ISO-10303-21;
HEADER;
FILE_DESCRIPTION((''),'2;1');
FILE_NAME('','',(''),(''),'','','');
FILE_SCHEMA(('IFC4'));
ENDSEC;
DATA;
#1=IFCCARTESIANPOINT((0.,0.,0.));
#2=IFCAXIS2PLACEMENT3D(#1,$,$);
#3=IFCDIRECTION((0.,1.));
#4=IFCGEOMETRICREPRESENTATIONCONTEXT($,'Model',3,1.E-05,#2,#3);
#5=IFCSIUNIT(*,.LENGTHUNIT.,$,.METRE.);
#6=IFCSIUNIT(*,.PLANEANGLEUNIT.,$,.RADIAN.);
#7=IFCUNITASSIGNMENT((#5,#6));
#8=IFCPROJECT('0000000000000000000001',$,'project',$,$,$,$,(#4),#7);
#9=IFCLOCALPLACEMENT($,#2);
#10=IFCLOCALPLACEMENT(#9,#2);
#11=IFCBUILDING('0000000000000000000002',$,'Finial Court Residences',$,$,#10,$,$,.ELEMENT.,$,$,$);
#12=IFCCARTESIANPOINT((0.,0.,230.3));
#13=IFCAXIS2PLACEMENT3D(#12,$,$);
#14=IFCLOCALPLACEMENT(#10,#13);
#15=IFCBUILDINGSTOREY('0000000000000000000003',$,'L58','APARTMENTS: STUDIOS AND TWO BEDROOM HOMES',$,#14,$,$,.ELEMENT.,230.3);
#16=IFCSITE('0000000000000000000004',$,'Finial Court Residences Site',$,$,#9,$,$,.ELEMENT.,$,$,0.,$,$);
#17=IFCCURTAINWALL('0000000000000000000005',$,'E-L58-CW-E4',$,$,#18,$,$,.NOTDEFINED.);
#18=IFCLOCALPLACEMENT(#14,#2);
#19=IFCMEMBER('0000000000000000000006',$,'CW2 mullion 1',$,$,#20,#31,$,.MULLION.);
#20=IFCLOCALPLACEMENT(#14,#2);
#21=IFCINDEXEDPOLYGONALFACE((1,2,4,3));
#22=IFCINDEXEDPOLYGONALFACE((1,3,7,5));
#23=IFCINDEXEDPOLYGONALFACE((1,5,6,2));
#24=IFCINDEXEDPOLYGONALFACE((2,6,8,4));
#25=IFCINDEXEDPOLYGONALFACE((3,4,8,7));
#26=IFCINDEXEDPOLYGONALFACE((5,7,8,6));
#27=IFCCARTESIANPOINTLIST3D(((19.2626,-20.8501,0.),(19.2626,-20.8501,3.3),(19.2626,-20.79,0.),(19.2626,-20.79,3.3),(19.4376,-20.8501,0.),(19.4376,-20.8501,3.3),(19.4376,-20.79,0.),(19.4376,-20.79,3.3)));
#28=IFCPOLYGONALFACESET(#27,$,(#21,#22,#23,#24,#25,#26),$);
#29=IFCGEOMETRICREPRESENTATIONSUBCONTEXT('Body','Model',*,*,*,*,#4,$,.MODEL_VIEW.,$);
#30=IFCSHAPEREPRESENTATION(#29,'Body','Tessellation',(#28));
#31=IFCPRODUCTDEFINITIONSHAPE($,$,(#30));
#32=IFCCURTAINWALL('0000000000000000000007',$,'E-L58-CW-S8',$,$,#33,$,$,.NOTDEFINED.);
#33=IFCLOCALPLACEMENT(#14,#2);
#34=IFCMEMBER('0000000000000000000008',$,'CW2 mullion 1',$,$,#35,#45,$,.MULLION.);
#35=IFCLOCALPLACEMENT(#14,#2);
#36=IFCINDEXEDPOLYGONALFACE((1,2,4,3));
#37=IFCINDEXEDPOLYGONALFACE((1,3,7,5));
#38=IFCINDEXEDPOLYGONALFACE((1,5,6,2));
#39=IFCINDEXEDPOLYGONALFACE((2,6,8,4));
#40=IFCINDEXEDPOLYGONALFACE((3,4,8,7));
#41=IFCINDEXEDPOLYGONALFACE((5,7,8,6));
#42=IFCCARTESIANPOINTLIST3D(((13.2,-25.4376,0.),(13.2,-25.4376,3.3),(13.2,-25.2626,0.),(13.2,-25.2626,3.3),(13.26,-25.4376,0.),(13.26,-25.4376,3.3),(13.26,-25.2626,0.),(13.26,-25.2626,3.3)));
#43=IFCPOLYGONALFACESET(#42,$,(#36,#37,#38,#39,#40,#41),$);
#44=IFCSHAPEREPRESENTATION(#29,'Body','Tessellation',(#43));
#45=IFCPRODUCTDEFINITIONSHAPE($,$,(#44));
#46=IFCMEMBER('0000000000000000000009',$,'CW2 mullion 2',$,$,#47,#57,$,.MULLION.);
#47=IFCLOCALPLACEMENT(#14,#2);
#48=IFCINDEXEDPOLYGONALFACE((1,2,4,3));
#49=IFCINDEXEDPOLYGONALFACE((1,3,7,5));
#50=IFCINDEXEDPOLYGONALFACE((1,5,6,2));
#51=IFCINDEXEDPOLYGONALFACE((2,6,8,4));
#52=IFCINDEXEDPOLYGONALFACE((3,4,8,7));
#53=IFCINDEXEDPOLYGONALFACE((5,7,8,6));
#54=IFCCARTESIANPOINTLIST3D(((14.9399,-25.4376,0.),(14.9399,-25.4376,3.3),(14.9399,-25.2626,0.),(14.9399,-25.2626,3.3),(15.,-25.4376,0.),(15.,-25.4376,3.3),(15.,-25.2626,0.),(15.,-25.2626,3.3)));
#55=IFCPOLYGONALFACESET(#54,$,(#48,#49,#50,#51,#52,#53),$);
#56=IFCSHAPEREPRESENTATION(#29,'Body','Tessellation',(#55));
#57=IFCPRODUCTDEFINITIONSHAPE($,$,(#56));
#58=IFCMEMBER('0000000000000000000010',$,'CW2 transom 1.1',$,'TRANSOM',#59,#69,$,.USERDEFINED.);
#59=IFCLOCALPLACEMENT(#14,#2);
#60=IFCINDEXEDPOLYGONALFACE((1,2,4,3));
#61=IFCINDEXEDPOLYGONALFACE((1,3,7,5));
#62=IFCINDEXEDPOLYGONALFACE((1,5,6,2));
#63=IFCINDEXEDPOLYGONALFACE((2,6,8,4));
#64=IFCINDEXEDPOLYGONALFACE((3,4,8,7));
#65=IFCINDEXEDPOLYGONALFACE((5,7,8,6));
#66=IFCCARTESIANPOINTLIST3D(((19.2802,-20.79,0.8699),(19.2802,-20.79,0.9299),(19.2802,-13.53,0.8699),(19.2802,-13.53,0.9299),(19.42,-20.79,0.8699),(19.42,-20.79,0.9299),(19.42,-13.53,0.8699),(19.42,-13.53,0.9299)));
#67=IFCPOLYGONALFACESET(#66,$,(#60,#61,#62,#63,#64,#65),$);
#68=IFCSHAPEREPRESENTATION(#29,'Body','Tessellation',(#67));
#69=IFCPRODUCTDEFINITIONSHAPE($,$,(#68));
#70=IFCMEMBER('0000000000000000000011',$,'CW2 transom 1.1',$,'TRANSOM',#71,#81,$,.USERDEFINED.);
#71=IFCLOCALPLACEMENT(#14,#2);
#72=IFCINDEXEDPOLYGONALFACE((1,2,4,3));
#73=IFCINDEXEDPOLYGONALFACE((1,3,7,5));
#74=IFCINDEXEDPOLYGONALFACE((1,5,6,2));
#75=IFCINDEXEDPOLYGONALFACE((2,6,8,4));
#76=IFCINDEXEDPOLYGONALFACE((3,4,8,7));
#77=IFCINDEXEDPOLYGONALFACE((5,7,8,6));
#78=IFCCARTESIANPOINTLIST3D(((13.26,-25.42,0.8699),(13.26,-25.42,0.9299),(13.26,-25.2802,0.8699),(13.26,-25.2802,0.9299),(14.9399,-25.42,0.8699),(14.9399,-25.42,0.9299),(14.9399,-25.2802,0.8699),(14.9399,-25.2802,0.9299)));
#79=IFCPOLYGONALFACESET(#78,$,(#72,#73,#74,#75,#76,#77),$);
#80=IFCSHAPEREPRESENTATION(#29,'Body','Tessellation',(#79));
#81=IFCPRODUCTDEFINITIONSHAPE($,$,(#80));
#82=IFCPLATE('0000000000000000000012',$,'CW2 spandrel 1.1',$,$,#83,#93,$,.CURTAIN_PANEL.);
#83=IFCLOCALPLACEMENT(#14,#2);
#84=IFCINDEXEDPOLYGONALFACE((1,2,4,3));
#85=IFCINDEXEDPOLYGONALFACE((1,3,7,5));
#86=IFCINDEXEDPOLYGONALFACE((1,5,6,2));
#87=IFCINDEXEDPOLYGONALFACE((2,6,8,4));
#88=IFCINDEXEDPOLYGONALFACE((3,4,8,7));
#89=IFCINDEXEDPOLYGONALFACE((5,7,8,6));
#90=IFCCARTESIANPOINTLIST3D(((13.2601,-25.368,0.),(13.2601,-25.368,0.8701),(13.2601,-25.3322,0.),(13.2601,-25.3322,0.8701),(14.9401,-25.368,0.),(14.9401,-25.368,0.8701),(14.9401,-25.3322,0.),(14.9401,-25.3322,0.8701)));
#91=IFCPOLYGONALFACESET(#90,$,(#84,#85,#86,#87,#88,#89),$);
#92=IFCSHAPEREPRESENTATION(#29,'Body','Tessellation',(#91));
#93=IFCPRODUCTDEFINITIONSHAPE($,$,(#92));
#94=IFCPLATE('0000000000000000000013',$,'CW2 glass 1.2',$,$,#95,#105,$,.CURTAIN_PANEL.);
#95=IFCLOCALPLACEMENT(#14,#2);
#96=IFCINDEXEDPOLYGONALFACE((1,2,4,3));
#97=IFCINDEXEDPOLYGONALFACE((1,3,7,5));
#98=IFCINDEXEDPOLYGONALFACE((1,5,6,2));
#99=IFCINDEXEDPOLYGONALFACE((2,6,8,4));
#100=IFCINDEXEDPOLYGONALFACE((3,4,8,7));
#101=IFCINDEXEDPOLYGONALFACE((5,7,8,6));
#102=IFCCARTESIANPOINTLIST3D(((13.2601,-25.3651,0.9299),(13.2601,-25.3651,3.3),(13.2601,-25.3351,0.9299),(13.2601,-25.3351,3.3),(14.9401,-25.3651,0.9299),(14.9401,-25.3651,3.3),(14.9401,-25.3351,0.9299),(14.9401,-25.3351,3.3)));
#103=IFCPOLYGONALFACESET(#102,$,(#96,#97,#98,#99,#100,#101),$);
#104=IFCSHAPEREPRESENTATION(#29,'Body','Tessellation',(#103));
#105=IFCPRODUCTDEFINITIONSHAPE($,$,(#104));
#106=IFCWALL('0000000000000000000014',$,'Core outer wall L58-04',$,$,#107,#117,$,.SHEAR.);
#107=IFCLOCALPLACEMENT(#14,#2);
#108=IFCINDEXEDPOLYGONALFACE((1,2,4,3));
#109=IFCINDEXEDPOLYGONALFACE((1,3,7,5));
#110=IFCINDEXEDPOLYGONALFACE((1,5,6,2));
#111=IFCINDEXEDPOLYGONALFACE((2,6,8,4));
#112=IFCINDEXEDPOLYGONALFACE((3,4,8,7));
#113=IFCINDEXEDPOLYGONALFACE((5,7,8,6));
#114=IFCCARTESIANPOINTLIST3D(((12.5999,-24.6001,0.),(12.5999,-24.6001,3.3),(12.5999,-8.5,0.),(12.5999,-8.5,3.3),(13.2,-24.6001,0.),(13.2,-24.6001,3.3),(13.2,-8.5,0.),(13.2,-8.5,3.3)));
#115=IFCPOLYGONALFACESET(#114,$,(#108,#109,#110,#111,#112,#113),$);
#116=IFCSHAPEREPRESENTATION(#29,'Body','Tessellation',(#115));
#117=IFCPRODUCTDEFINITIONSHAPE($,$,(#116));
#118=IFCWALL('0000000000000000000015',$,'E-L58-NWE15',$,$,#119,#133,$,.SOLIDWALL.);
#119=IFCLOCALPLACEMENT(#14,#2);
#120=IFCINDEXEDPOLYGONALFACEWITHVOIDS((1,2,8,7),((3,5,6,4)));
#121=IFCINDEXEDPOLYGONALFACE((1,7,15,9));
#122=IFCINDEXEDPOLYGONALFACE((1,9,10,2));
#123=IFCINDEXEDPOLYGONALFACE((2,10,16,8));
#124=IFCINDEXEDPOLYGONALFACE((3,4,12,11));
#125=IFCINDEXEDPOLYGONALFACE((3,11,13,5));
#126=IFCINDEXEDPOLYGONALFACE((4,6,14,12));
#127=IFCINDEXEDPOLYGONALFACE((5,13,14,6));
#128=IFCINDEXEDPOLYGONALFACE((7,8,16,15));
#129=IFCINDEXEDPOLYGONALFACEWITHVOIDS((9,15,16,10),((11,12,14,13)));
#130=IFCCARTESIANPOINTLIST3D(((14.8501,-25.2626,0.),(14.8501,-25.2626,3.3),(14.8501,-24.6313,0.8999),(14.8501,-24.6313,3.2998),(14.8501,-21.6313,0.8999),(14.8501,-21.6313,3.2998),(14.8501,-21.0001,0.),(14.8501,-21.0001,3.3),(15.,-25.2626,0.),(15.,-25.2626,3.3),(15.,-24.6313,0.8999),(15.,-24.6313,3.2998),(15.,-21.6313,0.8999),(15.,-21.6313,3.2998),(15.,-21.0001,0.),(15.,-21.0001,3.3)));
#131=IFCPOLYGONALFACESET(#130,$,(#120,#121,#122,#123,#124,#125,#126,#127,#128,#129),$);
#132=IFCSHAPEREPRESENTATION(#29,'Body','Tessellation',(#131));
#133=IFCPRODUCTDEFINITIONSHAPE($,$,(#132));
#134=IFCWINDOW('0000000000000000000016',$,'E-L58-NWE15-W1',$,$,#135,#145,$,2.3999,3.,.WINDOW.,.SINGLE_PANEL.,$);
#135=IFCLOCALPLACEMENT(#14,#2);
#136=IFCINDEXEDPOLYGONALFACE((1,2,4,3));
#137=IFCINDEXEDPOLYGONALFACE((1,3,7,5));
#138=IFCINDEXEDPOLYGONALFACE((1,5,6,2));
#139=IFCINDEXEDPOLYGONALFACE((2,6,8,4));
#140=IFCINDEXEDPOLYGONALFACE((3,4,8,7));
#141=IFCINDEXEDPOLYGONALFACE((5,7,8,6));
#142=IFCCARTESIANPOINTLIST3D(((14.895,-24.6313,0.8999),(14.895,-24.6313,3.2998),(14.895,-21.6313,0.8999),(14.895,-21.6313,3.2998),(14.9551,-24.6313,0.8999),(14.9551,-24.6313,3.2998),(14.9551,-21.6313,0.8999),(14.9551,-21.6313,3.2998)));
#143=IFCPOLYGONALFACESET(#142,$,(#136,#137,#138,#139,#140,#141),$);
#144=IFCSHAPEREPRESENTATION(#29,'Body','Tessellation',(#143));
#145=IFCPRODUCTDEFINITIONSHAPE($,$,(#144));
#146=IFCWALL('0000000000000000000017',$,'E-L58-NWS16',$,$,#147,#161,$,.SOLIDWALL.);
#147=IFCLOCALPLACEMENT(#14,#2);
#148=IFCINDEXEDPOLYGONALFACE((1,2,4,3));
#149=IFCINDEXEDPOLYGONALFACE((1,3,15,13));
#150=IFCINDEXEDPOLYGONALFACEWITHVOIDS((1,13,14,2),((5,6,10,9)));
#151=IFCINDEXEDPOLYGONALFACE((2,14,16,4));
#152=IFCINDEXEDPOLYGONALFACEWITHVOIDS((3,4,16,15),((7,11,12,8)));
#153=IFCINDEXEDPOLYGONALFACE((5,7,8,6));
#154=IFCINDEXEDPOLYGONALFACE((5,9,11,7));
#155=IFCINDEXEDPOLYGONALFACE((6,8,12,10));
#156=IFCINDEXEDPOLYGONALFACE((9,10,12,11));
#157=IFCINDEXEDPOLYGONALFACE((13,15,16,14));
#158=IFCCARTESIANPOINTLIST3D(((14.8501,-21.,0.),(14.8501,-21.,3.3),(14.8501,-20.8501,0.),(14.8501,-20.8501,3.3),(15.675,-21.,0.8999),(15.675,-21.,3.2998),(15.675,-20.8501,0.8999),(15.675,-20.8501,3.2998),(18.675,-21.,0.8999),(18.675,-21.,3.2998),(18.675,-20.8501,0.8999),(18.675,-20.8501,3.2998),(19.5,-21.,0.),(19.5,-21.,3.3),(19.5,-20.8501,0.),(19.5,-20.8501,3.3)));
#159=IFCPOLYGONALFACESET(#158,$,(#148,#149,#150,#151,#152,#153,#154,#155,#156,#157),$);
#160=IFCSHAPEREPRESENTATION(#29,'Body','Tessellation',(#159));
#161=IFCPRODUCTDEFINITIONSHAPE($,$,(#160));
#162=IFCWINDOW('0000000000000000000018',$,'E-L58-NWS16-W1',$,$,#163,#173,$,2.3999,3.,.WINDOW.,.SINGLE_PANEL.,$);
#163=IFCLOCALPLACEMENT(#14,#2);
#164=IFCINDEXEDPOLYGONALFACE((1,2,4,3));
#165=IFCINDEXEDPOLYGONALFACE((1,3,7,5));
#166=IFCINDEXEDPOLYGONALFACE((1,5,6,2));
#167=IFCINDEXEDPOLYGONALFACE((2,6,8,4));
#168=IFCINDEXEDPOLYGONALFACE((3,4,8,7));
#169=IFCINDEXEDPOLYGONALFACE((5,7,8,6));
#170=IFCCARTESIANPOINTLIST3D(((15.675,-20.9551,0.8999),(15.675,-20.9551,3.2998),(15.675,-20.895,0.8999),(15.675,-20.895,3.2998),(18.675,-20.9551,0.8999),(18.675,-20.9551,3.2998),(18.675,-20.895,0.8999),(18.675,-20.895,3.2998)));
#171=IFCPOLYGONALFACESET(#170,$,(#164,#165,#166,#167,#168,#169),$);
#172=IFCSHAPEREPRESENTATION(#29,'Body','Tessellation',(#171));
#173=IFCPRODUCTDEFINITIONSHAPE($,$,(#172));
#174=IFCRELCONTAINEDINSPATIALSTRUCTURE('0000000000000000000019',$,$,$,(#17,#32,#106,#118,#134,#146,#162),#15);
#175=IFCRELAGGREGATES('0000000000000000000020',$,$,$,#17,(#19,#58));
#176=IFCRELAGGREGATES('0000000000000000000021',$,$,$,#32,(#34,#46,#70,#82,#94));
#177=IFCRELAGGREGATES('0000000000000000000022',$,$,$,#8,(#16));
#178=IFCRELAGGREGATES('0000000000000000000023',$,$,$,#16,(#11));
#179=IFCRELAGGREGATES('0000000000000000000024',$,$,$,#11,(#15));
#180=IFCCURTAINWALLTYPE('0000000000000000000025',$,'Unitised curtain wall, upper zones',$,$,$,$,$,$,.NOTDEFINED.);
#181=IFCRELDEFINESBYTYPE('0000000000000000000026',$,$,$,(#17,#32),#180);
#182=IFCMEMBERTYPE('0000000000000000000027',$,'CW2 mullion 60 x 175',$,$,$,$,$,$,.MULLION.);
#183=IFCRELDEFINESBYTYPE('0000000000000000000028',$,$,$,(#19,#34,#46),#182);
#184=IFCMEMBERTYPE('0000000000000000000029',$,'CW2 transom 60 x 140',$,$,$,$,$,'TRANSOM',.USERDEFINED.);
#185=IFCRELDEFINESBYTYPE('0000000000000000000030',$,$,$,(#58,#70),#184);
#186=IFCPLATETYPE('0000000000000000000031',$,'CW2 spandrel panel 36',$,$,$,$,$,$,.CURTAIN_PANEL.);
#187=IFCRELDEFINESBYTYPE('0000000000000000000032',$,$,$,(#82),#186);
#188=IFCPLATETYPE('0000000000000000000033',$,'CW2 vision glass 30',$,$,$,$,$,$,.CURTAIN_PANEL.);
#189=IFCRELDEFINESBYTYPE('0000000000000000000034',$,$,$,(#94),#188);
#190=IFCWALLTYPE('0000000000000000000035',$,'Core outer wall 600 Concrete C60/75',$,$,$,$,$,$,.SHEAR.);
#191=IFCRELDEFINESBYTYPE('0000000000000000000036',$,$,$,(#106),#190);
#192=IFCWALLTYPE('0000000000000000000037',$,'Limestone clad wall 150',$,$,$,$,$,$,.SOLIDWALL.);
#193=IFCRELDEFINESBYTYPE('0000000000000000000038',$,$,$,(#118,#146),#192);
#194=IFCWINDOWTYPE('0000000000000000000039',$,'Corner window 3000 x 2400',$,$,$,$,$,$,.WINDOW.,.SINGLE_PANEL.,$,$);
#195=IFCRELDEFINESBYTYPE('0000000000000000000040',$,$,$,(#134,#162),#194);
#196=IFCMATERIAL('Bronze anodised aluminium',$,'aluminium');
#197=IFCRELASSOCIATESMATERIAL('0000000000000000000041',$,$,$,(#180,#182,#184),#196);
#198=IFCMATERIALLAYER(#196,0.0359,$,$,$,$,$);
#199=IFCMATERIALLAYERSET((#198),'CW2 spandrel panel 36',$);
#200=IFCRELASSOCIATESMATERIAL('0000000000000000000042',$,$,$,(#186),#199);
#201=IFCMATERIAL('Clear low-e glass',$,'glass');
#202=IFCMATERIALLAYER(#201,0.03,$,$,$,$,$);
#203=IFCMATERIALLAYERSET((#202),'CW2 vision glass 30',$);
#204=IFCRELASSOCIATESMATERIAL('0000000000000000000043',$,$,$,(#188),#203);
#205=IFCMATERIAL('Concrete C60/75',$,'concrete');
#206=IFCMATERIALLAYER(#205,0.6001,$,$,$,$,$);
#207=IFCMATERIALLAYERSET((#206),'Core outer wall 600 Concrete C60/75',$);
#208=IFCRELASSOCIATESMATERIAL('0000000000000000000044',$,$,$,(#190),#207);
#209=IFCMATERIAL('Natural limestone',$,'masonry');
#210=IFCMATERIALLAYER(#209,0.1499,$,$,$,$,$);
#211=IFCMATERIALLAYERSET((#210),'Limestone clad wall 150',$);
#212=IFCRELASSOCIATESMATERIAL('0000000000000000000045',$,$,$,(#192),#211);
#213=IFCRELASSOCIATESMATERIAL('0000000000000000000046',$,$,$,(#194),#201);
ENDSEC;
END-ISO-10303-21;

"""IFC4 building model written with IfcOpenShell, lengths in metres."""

from ifc_helpers import new_model, si_unit, direction, frame, frame_2d, origin, origin_2d, place, context, subcontext, project, spatial, rectangle, extrude, material, layer, layer_set, material_profile, profile_set, type_object, element, fill, aggregate, save


model = new_model("IFC4")

# Units and contexts
model_context = context("Model", 3, precision=1e-05, world=origin(), true_north=direction((0.0, 1.0)))
body_context = subcontext(model_context, "Body", "Model", "MODEL_VIEW")
ifc_project = project(units=[si_unit("LENGTHUNIT", "METRE"), si_unit("PLANEANGLEUNIT", "RADIAN")], contexts=[model_context])

# Site, building, storey
site_placement = place(None, origin())
site = spatial("IfcSite", under=ifc_project, at=site_placement, Name="Finial Court Residences Site", CompositionType="ELEMENT", RefElevation=0.0)
building_placement = place(site_placement, origin())
building = spatial("IfcBuilding", under=site, at=building_placement, Name="Finial Court Residences", CompositionType="ELEMENT")
storey_placement = place(building_placement, frame((0.0, 0.0, 230.3)))
storey = spatial("IfcBuildingStorey", under=building, at=storey_placement, Name="L58", Description="APARTMENTS: STUDIOS AND TWO BEDROOM HOMES", CompositionType="ELEMENT", Elevation=230.3)

# Curtain wall, member
ifc_material_1 = material(Name="Bronze anodised aluminium", Category="aluminium")
curtain_wall_type = type_object("IfcCurtainWallType", Name="Unitised curtain wall, upper zones", PredefinedType="NOTDEFINED", material=ifc_material_1)
curtain_wall_1_placement = place(storey_placement, origin())
curtain_wall_1 = element("IfcCurtainWall", 1, at=curtain_wall_1_placement, inside=storey, type_object=curtain_wall_type, Name="E-L58-CW-E4", PredefinedType="NOTDEFINED")
ifc_material_profile_1 = material_profile(ifc_material_1, rectangle(XDim=0.175, YDim=0.0601, at=origin_2d()), Name="CW2 mullion 60 x 175")
ifc_profile_set_1 = profile_set([ifc_material_profile_1], Name="Bronze anodised aluminium")
member_type_1 = type_object("IfcMemberType", Name="CW2 mullion 60 x 175", PredefinedType="MULLION", material=ifc_profile_set_1)
member_1_placement = place(storey_placement, frame((19.3501, -20.8201, 0.0), z_axis=(0.0, 0.0, 1.0), x_axis=(-1.0, 0.0, 0.0)))
member_1 = element("IfcMember", 2, at=member_1_placement, type_object=member_type_1, Name="CW2 mullion 1", PredefinedType="MULLION", context=body_context, shape_type="SweptSolid", body=[
    extrude(rectangle(XDim=0.175, YDim=0.0601, at=origin_2d()), origin(), (0.0, 0.0, 1.0), 3.3),
])

# Curtain wall, members
curtain_wall_2_placement = place(storey_placement, origin())
curtain_wall_2 = element("IfcCurtainWall", 3, at=curtain_wall_2_placement, inside=storey, type_object=curtain_wall_type, Name="E-L58-CW-S8", PredefinedType="NOTDEFINED")
member_2_placement = place(storey_placement, frame((13.23, -25.3501, 0.0), z_axis=(0.0, 0.0, 1.0), x_axis=(0.0, 1.0, 0.0)))
member_2 = element("IfcMember", 4, at=member_2_placement, type_object=member_type_1, Name="CW2 mullion 1", PredefinedType="MULLION", context=body_context, shape_type="SweptSolid", body=[
    extrude(rectangle(XDim=0.175, YDim=0.0601, at=origin_2d()), origin(), (0.0, 0.0, 1.0), 3.3),
])
member_3_placement = place(storey_placement, frame((14.97, -25.3501, 0.0), z_axis=(0.0, 0.0, 1.0), x_axis=(0.0, 1.0, 0.0)))
member_3 = element("IfcMember", 5, at=member_3_placement, type_object=member_type_1, Name="CW2 mullion 2", PredefinedType="MULLION", context=body_context, shape_type="SweptSolid", body=[
    extrude(rectangle(XDim=0.175, YDim=0.0601, at=origin_2d()), origin(), (0.0, 0.0, 1.0), 3.3),
])

# Members
ifc_material_profile_2 = material_profile(ifc_material_1, rectangle(XDim=0.1399, YDim=0.0601, at=origin_2d()), Name="CW2 transom 60 x 140")
ifc_profile_set_2 = profile_set([ifc_material_profile_2], Name="Bronze anodised aluminium")
member_type_2 = type_object("IfcMemberType", Name="CW2 transom 60 x 140", ElementType="TRANSOM", PredefinedType="USERDEFINED", material=ifc_profile_set_2)
member_4_placement = place(storey_placement, frame((19.3501, -20.79, 0.8999), z_axis=(0.0, 1.0, 0.0), x_axis=(-1.0, 0.0, 0.0)))
member_4 = element("IfcMember", 6, at=member_4_placement, type_object=member_type_2, Name="CW2 transom 1.1", ObjectType="TRANSOM", PredefinedType="USERDEFINED", context=body_context, shape_type="SweptSolid", body=[
    extrude(rectangle(XDim=0.1399, YDim=0.0601, at=origin_2d()), origin(), (0.0, 0.0, 1.0), 7.26),
])
aggregate(curtain_wall_1, [member_1, member_4])
member_5_placement = place(storey_placement, frame((13.26, -25.3501, 0.8999), z_axis=(1.0, 0.0, 0.0), x_axis=(0.0, 1.0, 0.0)))
member_5 = element("IfcMember", 7, at=member_5_placement, type_object=member_type_2, Name="CW2 transom 1.1", ObjectType="TRANSOM", PredefinedType="USERDEFINED", context=body_context, shape_type="SweptSolid", body=[
    extrude(rectangle(XDim=0.1399, YDim=0.0601, at=origin_2d()), origin(), (0.0, 0.0, 1.0), 1.6799),
])

# Plates
ifc_layer_1 = layer(ifc_material_1, 0.0359)
ifc_layer_set_1 = layer_set([ifc_layer_1], Name="CW2 spandrel panel 36")
plate_type_1 = type_object("IfcPlateType", Name="CW2 spandrel panel 36", PredefinedType="CURTAIN_PANEL", material=ifc_layer_set_1)
plate_1_placement = place(storey_placement, frame((14.1001, -25.3501, 0.0), z_axis=(0.0, 0.0, 1.0), x_axis=(1.0, 0.0, 0.0)))
plate_1 = element("IfcPlate", 8, at=plate_1_placement, type_object=plate_type_1, Name="CW2 spandrel 1.1", PredefinedType="CURTAIN_PANEL", context=body_context, shape_type="SweptSolid", body=[
    extrude(rectangle(XDim=1.6799, YDim=0.0359, at=origin_2d()), origin(), (0.0, 0.0, 1.0), 0.8701),
])
ifc_material_2 = material(Name="Clear low-e glass", Category="glass")
ifc_layer_2 = layer(ifc_material_2, 0.03)
ifc_layer_set_2 = layer_set([ifc_layer_2], Name="CW2 vision glass 30")
plate_type_2 = type_object("IfcPlateType", Name="CW2 vision glass 30", PredefinedType="CURTAIN_PANEL", material=ifc_layer_set_2)
plate_2_placement = place(storey_placement, frame((14.1001, -25.3501, 0.9299), z_axis=(0.0, 0.0, 1.0), x_axis=(1.0, 0.0, 0.0)))
plate_2 = element("IfcPlate", 9, at=plate_2_placement, type_object=plate_type_2, Name="CW2 glass 1.2", PredefinedType="CURTAIN_PANEL", context=body_context, shape_type="SweptSolid", body=[
    extrude(rectangle(XDim=1.6799, YDim=0.03, at=origin_2d()), origin(), (0.0, 0.0, 1.0), 2.3701),
])
aggregate(curtain_wall_2, [member_2, member_3, member_5, plate_1, plate_2])

# Wall
ifc_material_3 = material(Name="Concrete C60/75", Category="concrete")
ifc_layer_3 = layer(ifc_material_3, 0.6001)
ifc_layer_set_3 = layer_set([ifc_layer_3], Name="Core outer wall 600 Concrete C60/75")
wall_type_1 = type_object("IfcWallType", Name="Core outer wall 600 Concrete C60/75", PredefinedType="SHEAR", material=ifc_layer_set_3)
wall_1_placement = place(storey_placement, frame((12.8999, -24.6001, 0.0), z_axis=(0.0, 0.0, 1.0), x_axis=(0.0, 1.0, 0.0)))
element("IfcWall", 10, at=wall_1_placement, inside=storey, type_object=wall_type_1, Name="Core outer wall L58-04", PredefinedType="SHEAR", context=body_context, shape_type="SweptSolid", body=[
    extrude(rectangle(XDim=16.1001, YDim=0.6001, at=frame_2d((8.05, 0.0))), origin(), (0.0, 0.0, 1.0), 3.3),
])

# Walls, openings, windows
ifc_material_4 = material(Name="Natural limestone", Category="masonry")
ifc_layer_4 = layer(ifc_material_4, 0.1499)
ifc_layer_set_4 = layer_set([ifc_layer_4], Name="Limestone clad wall 150")
wall_type_2 = type_object("IfcWallType", Name="Limestone clad wall 150", PredefinedType="SOLIDWALL", material=ifc_layer_set_4)
wall_2_placement = place(storey_placement, frame((14.925, -21.0, 0.0), z_axis=(0.0, 0.0, 1.0), x_axis=(0.0, -1.0, 0.0)))
wall_2 = element("IfcWall", 11, at=wall_2_placement, inside=storey, type_object=wall_type_2, Name="E-L58-NWE15", PredefinedType="SOLIDWALL", context=body_context, shape_type="SweptSolid", body=[
    extrude(rectangle(XDim=4.2625, YDim=0.1499, at=frame_2d((2.1313, 0.0))), origin(), (0.0, 0.0, 1.0), 3.3),
])
opening_1_placement = place(wall_2_placement, frame((0.6313, 0.0, 0.8999)))
opening_1 = element("IfcOpeningElement", 12, at=opening_1_placement, cuts=wall_2, PredefinedType="OPENING", context=body_context, shape_type="SweptSolid", body=[
    extrude(rectangle(XDim=3.0, YDim=2.3999, at=frame_2d((1.5, 1.2))), frame((0.0, 0.085, 0.0), z_axis=(0.0, -1.0, 0.0), x_axis=(1.0, 0.0, 0.0)), (0.0, 0.0, 1.0), 0.1699),
])
window_type = type_object("IfcWindowType", Name="Corner window 3000 x 2400", PartitioningType="SINGLE_PANEL", PredefinedType="WINDOW", material=ifc_material_2)
window_1_placement = place(opening_1_placement, origin())
window_1 = element("IfcWindow", 13, at=window_1_placement, inside=storey, type_object=window_type, Name="E-L58-NWE15-W1", OverallHeight=2.3999, OverallWidth=3.0, PartitioningType="SINGLE_PANEL", PredefinedType="WINDOW", context=body_context, shape_type="SweptSolid", body=[
    extrude(rectangle(XDim=3.0, YDim=2.3999, at=frame_2d((1.5, 1.2))), frame((0.0, 0.03, 0.0), z_axis=(0.0, -1.0, 0.0), x_axis=(1.0, 0.0, 0.0)), (0.0, 0.0, 1.0), 0.0601),
])
fill(opening_1, window_1)
wall_3_placement = place(storey_placement, frame((19.5, -20.925, 0.0), z_axis=(0.0, 0.0, 1.0), x_axis=(-1.0, 0.0, 0.0)))
wall_3 = element("IfcWall", 14, at=wall_3_placement, inside=storey, type_object=wall_type_2, Name="E-L58-NWS16", PredefinedType="SOLIDWALL", context=body_context, shape_type="SweptSolid", body=[
    extrude(rectangle(XDim=4.6499, YDim=0.1499, at=frame_2d((2.325, 0.0))), origin(), (0.0, 0.0, 1.0), 3.3),
])
opening_2_placement = place(wall_3_placement, frame((0.825, 0.0, 0.8999)))
opening_2 = element("IfcOpeningElement", 15, at=opening_2_placement, cuts=wall_3, PredefinedType="OPENING", context=body_context, shape_type="SweptSolid", body=[
    extrude(rectangle(XDim=3.0, YDim=2.3999, at=frame_2d((1.5, 1.2))), frame((0.0, 0.085, 0.0), z_axis=(0.0, -1.0, 0.0), x_axis=(1.0, 0.0, 0.0)), (0.0, 0.0, 1.0), 0.1699),
])
window_2_placement = place(opening_2_placement, origin())
window_2 = element("IfcWindow", 16, at=window_2_placement, inside=storey, type_object=window_type, Name="E-L58-NWS16-W1", OverallHeight=2.3999, OverallWidth=3.0, PartitioningType="SINGLE_PANEL", PredefinedType="WINDOW", context=body_context, shape_type="SweptSolid", body=[
    extrude(rectangle(XDim=3.0, YDim=2.3999, at=frame_2d((1.5, 1.2))), frame((0.0, 0.03, 0.0), z_axis=(0.0, -1.0, 0.0), x_axis=(1.0, 0.0, 0.0)), (0.0, 0.0, 1.0), 0.0601),
])
fill(opening_2, window_2)

save(model, "model.ifc")
